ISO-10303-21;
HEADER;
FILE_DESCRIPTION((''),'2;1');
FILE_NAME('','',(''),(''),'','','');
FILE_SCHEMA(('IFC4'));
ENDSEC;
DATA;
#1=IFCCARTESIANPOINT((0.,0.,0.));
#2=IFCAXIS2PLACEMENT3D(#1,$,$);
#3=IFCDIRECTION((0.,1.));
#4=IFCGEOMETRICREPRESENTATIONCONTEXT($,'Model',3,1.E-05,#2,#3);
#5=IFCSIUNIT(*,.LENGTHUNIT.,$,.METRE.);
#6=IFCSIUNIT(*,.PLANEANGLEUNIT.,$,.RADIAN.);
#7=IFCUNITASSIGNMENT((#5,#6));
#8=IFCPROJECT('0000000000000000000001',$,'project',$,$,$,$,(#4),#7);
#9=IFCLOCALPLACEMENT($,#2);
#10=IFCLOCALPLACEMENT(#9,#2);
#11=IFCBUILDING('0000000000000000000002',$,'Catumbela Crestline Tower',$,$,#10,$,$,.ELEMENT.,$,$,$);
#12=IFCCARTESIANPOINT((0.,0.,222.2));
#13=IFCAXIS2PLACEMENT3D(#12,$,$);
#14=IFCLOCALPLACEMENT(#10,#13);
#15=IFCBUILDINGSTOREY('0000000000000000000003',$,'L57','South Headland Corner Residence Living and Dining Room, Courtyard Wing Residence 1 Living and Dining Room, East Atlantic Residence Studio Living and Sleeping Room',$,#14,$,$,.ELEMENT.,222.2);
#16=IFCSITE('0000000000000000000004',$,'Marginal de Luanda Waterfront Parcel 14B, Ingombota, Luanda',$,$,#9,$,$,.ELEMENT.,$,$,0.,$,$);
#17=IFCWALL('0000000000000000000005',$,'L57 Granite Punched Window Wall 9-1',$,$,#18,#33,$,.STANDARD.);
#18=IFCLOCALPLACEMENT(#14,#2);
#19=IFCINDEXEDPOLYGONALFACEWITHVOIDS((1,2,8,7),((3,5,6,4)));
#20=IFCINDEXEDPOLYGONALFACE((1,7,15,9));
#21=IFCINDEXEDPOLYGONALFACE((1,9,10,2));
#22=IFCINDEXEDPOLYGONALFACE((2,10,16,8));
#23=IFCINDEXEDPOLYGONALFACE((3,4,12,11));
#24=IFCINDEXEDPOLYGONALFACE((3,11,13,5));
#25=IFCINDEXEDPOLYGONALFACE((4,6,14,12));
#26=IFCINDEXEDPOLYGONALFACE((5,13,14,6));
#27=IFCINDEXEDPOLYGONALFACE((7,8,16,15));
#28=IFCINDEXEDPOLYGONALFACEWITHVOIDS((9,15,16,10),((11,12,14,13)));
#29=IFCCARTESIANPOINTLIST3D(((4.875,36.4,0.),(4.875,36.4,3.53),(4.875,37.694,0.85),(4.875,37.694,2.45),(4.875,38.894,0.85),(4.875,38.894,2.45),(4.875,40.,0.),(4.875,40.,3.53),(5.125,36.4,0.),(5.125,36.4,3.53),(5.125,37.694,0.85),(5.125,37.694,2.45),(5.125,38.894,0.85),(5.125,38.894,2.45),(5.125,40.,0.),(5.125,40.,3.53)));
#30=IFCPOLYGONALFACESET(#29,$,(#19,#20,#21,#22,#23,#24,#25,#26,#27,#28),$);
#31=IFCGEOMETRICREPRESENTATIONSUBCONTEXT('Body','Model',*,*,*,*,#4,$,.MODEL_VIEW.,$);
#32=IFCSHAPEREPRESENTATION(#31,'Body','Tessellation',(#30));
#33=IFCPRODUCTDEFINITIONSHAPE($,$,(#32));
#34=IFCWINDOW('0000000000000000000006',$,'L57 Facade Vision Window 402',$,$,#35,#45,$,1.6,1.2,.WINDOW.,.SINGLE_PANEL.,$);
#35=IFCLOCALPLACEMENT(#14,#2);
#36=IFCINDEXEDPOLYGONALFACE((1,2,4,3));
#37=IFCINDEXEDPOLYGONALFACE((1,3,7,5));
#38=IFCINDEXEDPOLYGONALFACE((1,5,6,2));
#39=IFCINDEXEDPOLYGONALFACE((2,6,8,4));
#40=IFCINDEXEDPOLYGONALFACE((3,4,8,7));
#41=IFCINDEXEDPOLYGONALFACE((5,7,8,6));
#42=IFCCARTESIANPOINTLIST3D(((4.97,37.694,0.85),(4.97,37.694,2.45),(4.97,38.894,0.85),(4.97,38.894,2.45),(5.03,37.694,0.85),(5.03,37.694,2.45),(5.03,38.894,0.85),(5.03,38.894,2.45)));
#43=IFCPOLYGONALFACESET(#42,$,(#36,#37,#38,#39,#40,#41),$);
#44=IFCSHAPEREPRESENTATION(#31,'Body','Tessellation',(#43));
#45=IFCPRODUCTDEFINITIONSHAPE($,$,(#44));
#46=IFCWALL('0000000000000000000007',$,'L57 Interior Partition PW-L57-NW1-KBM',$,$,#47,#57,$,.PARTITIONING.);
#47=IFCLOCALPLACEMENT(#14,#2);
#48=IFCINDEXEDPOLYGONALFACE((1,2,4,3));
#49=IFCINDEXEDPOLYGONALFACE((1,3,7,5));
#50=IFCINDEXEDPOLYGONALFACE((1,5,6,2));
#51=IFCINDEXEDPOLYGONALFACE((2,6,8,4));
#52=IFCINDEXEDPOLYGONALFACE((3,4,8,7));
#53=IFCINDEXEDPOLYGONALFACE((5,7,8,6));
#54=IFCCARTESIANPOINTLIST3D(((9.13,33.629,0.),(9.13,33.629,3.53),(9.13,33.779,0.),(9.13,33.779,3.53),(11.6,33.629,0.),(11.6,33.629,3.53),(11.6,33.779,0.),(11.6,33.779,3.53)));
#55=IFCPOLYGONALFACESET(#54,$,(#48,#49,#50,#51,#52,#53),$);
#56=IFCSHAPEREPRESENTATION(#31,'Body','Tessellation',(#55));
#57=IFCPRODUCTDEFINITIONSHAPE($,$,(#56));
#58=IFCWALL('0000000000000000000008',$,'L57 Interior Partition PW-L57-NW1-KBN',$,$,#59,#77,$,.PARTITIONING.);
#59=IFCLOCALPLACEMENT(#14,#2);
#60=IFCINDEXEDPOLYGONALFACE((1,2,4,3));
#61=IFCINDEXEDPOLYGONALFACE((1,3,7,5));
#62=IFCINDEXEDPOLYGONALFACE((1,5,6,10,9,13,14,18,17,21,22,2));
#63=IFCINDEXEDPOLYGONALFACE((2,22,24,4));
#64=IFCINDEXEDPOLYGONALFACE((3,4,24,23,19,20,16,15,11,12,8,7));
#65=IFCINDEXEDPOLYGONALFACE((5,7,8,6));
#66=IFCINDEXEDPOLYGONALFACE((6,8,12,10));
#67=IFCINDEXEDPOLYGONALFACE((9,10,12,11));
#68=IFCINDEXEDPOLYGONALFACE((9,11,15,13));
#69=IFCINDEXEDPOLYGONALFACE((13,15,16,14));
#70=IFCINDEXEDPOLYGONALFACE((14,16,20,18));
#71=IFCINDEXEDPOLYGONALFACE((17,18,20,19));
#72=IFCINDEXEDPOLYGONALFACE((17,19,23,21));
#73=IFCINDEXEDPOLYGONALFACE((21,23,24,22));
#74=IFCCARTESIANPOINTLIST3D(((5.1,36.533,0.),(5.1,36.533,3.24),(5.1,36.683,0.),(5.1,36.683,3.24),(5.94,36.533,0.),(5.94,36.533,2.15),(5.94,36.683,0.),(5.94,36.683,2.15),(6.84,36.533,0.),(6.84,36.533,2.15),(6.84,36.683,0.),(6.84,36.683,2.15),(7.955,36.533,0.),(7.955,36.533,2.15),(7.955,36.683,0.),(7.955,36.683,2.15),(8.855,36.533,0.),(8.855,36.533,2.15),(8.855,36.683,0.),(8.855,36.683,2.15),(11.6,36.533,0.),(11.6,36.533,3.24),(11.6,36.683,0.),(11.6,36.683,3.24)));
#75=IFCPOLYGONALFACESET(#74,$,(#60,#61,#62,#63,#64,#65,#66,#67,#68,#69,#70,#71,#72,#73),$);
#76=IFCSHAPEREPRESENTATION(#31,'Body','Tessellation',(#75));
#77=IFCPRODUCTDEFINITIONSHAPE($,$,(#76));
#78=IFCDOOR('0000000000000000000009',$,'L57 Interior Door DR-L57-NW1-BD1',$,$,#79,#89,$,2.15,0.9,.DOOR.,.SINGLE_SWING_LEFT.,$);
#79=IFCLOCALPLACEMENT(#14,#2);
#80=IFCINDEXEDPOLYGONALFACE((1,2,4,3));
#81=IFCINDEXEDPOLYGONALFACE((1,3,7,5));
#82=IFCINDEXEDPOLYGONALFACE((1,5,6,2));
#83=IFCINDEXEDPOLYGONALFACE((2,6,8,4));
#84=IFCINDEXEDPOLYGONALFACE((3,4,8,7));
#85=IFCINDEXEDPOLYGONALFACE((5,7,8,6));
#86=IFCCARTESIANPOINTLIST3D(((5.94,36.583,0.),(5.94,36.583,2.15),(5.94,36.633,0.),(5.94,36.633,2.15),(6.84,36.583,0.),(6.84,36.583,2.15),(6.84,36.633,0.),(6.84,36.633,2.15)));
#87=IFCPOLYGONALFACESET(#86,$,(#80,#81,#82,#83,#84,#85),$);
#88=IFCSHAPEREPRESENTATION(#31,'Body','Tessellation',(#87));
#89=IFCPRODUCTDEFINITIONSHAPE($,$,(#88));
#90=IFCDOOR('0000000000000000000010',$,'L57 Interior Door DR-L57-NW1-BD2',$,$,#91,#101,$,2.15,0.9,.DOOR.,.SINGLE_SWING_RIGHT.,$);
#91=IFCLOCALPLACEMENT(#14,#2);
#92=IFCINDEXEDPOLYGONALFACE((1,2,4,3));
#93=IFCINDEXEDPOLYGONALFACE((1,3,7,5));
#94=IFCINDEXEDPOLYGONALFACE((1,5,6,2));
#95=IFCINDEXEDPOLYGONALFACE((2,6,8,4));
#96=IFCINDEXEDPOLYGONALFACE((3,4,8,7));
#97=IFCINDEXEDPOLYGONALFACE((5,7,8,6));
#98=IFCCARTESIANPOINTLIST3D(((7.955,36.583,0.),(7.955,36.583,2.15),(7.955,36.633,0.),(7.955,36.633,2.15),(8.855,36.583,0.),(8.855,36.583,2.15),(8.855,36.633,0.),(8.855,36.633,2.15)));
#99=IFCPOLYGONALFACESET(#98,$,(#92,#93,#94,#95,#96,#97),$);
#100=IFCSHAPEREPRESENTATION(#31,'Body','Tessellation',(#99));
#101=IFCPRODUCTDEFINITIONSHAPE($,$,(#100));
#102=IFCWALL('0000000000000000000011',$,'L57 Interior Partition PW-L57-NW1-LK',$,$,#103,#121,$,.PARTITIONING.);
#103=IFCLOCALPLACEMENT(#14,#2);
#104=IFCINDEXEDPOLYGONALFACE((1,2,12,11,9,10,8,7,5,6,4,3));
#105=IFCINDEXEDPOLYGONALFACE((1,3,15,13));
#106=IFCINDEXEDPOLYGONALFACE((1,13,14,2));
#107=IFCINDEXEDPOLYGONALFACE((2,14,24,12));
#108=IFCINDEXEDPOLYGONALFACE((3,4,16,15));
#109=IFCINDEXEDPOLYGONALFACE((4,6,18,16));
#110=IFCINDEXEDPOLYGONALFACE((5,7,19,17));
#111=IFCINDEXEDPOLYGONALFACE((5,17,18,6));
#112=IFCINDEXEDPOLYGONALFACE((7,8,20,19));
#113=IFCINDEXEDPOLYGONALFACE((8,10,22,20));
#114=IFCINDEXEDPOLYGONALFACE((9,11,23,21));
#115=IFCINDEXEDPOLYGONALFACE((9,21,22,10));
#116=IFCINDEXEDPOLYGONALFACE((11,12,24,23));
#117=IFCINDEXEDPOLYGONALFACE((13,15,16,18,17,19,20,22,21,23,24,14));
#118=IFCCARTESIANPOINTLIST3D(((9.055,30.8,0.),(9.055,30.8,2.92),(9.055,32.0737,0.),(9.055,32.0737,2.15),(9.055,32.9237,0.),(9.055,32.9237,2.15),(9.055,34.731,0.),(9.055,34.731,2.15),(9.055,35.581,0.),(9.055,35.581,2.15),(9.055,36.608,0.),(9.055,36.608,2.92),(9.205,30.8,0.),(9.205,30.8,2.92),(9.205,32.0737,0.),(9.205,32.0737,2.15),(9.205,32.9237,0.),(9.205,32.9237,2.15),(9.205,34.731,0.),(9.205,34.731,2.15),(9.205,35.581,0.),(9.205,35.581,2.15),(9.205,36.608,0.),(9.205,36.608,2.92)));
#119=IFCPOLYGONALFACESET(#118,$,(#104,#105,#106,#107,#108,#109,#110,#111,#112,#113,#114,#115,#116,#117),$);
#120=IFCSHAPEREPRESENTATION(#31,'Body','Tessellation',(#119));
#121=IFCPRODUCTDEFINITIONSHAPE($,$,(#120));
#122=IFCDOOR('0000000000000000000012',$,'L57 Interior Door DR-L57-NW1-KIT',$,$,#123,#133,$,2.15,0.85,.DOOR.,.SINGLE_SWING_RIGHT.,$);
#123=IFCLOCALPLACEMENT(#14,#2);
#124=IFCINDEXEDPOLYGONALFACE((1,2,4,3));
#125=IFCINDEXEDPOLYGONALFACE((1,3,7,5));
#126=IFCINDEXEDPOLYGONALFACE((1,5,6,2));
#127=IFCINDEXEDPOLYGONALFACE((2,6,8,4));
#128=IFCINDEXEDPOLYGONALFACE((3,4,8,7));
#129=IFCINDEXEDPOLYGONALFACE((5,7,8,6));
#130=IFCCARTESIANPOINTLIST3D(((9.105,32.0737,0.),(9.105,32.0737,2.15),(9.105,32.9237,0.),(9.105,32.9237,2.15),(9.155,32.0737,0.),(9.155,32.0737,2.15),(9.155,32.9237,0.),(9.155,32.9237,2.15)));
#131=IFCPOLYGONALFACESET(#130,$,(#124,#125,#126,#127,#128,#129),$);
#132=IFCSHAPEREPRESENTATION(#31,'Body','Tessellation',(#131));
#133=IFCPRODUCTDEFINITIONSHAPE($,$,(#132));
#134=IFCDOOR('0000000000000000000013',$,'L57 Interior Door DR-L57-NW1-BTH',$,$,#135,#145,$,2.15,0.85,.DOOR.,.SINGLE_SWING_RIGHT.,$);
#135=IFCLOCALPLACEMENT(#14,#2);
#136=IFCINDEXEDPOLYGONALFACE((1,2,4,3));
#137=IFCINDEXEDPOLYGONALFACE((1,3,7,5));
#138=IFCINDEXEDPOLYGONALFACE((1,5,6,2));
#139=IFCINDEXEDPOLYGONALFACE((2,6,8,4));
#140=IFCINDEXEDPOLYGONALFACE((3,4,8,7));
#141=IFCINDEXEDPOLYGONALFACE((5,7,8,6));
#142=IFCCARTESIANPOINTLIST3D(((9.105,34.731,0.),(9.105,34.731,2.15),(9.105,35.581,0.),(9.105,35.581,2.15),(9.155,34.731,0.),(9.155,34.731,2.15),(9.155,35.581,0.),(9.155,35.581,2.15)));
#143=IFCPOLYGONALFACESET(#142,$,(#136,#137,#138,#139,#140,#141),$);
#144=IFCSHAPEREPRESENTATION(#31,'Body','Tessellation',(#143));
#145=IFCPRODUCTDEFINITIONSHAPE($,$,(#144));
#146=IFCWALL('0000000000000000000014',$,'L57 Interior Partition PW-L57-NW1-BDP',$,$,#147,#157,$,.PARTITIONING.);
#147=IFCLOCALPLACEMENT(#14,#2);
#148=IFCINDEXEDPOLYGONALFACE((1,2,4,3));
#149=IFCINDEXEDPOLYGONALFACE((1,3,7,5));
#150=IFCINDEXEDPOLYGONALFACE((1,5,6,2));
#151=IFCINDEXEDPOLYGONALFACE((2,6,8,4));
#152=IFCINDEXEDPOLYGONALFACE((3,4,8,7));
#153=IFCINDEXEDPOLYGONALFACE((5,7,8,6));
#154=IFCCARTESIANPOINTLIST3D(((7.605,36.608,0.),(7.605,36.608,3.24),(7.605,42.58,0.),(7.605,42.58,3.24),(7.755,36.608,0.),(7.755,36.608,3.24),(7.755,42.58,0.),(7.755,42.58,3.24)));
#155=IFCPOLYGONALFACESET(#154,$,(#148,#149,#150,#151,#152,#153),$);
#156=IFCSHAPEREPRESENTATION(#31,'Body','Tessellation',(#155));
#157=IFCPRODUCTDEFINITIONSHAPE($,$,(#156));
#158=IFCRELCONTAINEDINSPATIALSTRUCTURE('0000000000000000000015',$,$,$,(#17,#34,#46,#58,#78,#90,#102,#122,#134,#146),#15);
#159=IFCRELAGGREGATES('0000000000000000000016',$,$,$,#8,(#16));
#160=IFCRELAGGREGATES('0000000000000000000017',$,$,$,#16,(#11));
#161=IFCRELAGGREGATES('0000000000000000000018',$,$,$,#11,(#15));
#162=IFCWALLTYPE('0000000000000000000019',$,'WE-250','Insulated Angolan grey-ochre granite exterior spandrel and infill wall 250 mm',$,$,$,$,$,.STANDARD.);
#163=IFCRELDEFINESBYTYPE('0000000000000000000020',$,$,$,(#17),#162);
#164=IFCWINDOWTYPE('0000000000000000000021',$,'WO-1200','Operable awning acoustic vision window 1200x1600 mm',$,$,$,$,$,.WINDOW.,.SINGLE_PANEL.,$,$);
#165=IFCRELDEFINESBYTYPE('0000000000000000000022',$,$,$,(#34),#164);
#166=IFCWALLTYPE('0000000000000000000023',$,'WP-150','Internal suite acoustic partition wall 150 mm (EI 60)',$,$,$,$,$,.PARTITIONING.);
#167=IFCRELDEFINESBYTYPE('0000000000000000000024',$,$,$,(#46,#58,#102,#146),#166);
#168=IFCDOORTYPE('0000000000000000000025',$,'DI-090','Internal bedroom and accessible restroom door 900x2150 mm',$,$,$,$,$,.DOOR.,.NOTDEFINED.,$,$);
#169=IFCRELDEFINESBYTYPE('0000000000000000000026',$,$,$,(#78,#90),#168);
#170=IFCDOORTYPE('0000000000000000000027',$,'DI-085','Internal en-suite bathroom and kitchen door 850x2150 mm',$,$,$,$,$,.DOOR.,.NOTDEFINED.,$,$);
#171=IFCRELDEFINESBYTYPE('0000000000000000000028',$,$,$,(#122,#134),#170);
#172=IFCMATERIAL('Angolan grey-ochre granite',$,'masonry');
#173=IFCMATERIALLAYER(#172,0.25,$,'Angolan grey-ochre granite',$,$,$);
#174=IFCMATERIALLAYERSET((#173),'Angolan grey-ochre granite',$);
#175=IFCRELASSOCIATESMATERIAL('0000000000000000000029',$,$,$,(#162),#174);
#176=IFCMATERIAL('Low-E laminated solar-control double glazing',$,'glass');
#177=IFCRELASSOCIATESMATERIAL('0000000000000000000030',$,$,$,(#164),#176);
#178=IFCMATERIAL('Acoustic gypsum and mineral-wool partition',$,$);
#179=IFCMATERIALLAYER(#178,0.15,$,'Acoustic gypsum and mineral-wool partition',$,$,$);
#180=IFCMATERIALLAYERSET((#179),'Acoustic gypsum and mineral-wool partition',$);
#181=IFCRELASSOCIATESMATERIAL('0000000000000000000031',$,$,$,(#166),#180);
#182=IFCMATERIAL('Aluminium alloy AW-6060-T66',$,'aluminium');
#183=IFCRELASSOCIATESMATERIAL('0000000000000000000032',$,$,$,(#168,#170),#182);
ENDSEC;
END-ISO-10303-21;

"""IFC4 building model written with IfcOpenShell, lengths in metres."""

from ifc_helpers import new_model, si_unit, direction, frame, frame_2d, origin, place, context, subcontext, project, spatial, rectangle, extrude, material, layer, layer_set, type_object, element, fill, save


model = new_model("IFC4")

# Units and contexts
model_context = context("Model", 3, precision=1e-05, world=origin(), true_north=direction((0.0, 1.0)))
body_context = subcontext(model_context, "Body", "Model", "MODEL_VIEW")
ifc_project = project(units=[si_unit("LENGTHUNIT", "METRE"), si_unit("PLANEANGLEUNIT", "RADIAN")], contexts=[model_context])

# Site, building, storey
site_placement = place(None, origin())
site = spatial("IfcSite", under=ifc_project, at=site_placement, Name="Marginal de Luanda Waterfront Parcel 14B, Ingombota, Luanda", CompositionType="ELEMENT", RefElevation=0.0)
building_placement = place(site_placement, origin())
building = spatial("IfcBuilding", under=site, at=building_placement, Name="Catumbela Crestline Tower", CompositionType="ELEMENT")
storey_placement = place(building_placement, frame((0.0, 0.0, 222.2)))
storey = spatial("IfcBuildingStorey", under=building, at=storey_placement, Name="L57", Description="South Headland Corner Residence Living and Dining Room, Courtyard Wing Residence 1 Living and Dining Room, East Atlantic Residence Studio Living and Sleeping Room", CompositionType="ELEMENT", Elevation=222.2)

# Shared definitions
ifc_material_1 = material(Name="Aluminium alloy AW-6060-T66", Category="aluminium")

# Shared definitions
ifc_material_2 = material(Name="Low-E laminated solar-control double glazing", Category="glass")

# Shared definitions
ifc_material_3 = material(Name="Angolan grey-ochre granite", Category="masonry")
ifc_layer_1 = layer(ifc_material_3, 0.25, Name="Angolan grey-ochre granite")
ifc_layer_set_1 = layer_set([ifc_layer_1], Name="Angolan grey-ochre granite")
wall_type_1 = type_object("IfcWallType", Name="WE-250", Description="Insulated Angolan grey-ochre granite exterior spandrel and infill wall 250 mm", PredefinedType="STANDARD", material=ifc_layer_set_1)

# Wall, opening, window
wall_1_placement = place(storey_placement, frame((5.0, 40.0, 0.0), z_axis=(0.0, 0.0, 1.0), x_axis=(0.0, -1.0, 0.0)))
wall_1 = element("IfcWall", 1, at=wall_1_placement, inside=storey, type_object=wall_type_1, Name="L57 Granite Punched Window Wall 9-1", PredefinedType="STANDARD", context=body_context, shape_type="SweptSolid", body=[
    extrude(rectangle(XDim=3.6, YDim=0.25, at=frame_2d((1.8, 0.0))), origin(), (0.0, 0.0, 1.0), 3.53),
])
opening_1_placement = place(wall_1_placement, frame((1.106, 0.0, 0.85)))
opening_1 = element("IfcOpeningElement", 2, at=opening_1_placement, cuts=wall_1, PredefinedType="OPENING", context=body_context, shape_type="SweptSolid", body=[
    extrude(rectangle(XDim=1.2, YDim=1.6, at=frame_2d((0.6, 0.8))), frame((0.0, 0.135, 0.0), z_axis=(0.0, -1.0, 0.0), x_axis=(1.0, 0.0, 0.0)), (0.0, 0.0, 1.0), 0.27),
])
window_type_1 = type_object("IfcWindowType", Name="WO-1200", Description="Operable awning acoustic vision window 1200x1600 mm", PartitioningType="SINGLE_PANEL", PredefinedType="WINDOW", material=ifc_material_2)
window_1_placement = place(opening_1_placement, origin())
window_1 = element("IfcWindow", 3, at=window_1_placement, inside=storey, type_object=window_type_1, Name="L57 Facade Vision Window 402", OverallHeight=1.6, OverallWidth=1.2, PartitioningType="SINGLE_PANEL", PredefinedType="WINDOW", context=body_context, shape_type="SweptSolid", body=[
    extrude(rectangle(XDim=1.2, YDim=1.6, at=frame_2d((0.6, 0.8))), frame((0.0, 0.03, 0.0), z_axis=(0.0, -1.0, 0.0), x_axis=(1.0, 0.0, 0.0)), (0.0, 0.0, 1.0), 0.06),
])
fill(opening_1, window_1)

# Wall
ifc_material_4 = material(Name="Acoustic gypsum and mineral-wool partition")
ifc_layer_2 = layer(ifc_material_4, 0.15, Name="Acoustic gypsum and mineral-wool partition")
ifc_layer_set_2 = layer_set([ifc_layer_2], Name="Acoustic gypsum and mineral-wool partition")
wall_type_2 = type_object("IfcWallType", Name="WP-150", Description="Internal suite acoustic partition wall 150 mm (EI 60)", PredefinedType="PARTITIONING", material=ifc_layer_set_2)
wall_2_placement = place(storey_placement, frame((9.13, 33.704, 0.0), z_axis=(0.0, 0.0, 1.0), x_axis=(1.0, 0.0, 0.0)))
element("IfcWall", 4, at=wall_2_placement, inside=storey, type_object=wall_type_2, Name="L57 Interior Partition PW-L57-NW1-KBM", PredefinedType="PARTITIONING", context=body_context, shape_type="SweptSolid", body=[
    extrude(rectangle(XDim=2.47, YDim=0.15, at=frame_2d((1.235, 0.0))), origin(), (0.0, 0.0, 1.0), 3.53),
])

# Walls, openings, doors
wall_3_placement = place(storey_placement, frame((5.1, 36.608, 0.0), z_axis=(0.0, 0.0, 1.0), x_axis=(1.0, 0.0, 0.0)))
wall_3 = element("IfcWall", 5, at=wall_3_placement, inside=storey, type_object=wall_type_2, Name="L57 Interior Partition PW-L57-NW1-KBN", PredefinedType="PARTITIONING", context=body_context, shape_type="SweptSolid", body=[
    extrude(rectangle(XDim=6.5, YDim=0.15, at=frame_2d((3.25, 0.0))), origin(), (0.0, 0.0, 1.0), 3.24),
])
opening_2_placement = place(wall_3_placement, frame((0.84, 0.0, 0.0)))
opening_2 = element("IfcOpeningElement", 6, at=opening_2_placement, cuts=wall_3, PredefinedType="OPENING", context=body_context, shape_type="SweptSolid", body=[
    extrude(rectangle(XDim=0.9, YDim=2.15, at=frame_2d((0.45, 1.075))), frame((0.0, 0.085, 0.0), z_axis=(0.0, -1.0, 0.0), x_axis=(1.0, 0.0, 0.0)), (0.0, 0.0, 1.0), 0.17),
])
opening_3_placement = place(wall_3_placement, frame((2.855, 0.0, 0.0)))
opening_3 = element("IfcOpeningElement", 7, at=opening_3_placement, cuts=wall_3, PredefinedType="OPENING", context=body_context, shape_type="SweptSolid", body=[
    extrude(rectangle(XDim=0.9, YDim=2.15, at=frame_2d((0.45, 1.075))), frame((0.0, 0.085, 0.0), z_axis=(0.0, -1.0, 0.0), x_axis=(1.0, 0.0, 0.0)), (0.0, 0.0, 1.0), 0.17),
])
door_type_1 = type_object("IfcDoorType", Name="DI-090", Description="Internal bedroom and accessible restroom door 900x2150 mm", OperationType="NOTDEFINED", PredefinedType="DOOR", material=ifc_material_1)
door_1_placement = place(opening_2_placement, origin())
door_1 = element("IfcDoor", 8, at=door_1_placement, inside=storey, type_object=door_type_1, Name="L57 Interior Door DR-L57-NW1-BD1", OperationType="SINGLE_SWING_LEFT", OverallHeight=2.15, OverallWidth=0.9, PredefinedType="DOOR", context=body_context, shape_type="SweptSolid", body=[
    extrude(rectangle(XDim=0.9, YDim=2.15, at=frame_2d((0.45, 1.075))), frame((0.0, 0.025, 0.0), z_axis=(0.0, -1.0, 0.0), x_axis=(1.0, 0.0, 0.0)), (0.0, 0.0, 1.0), 0.05),
])
fill(opening_2, door_1)
door_2_placement = place(opening_3_placement, origin())
door_2 = element("IfcDoor", 9, at=door_2_placement, inside=storey, type_object=door_type_1, Name="L57 Interior Door DR-L57-NW1-BD2", OperationType="SINGLE_SWING_RIGHT", OverallHeight=2.15, OverallWidth=0.9, PredefinedType="DOOR", context=body_context, shape_type="SweptSolid", body=[
    extrude(rectangle(XDim=0.9, YDim=2.15, at=frame_2d((0.45, 1.075))), frame((0.0, 0.025, 0.0), z_axis=(0.0, -1.0, 0.0), x_axis=(1.0, 0.0, 0.0)), (0.0, 0.0, 1.0), 0.05),
])
fill(opening_3, door_2)
wall_4_placement = place(storey_placement, frame((9.13, 30.8, 0.0), z_axis=(0.0, 0.0, 1.0), x_axis=(0.0, 1.0, 0.0)))
wall_4 = element("IfcWall", 10, at=wall_4_placement, inside=storey, type_object=wall_type_2, Name="L57 Interior Partition PW-L57-NW1-LK", PredefinedType="PARTITIONING", context=body_context, shape_type="SweptSolid", body=[
    extrude(rectangle(XDim=5.808, YDim=0.15, at=frame_2d((2.904, 0.0))), origin(), (0.0, 0.0, 1.0), 2.92),
])
opening_4_placement = place(wall_4_placement, frame((1.2737, 0.0, 0.0)))
opening_4 = element("IfcOpeningElement", 11, at=opening_4_placement, cuts=wall_4, PredefinedType="OPENING", context=body_context, shape_type="SweptSolid", body=[
    extrude(rectangle(XDim=0.85, YDim=2.15, at=frame_2d((0.425, 1.075))), frame((0.0, 0.085, 0.0), z_axis=(0.0, -1.0, 0.0), x_axis=(1.0, 0.0, 0.0)), (0.0, 0.0, 1.0), 0.17),
])
opening_5_placement = place(wall_4_placement, frame((3.931, 0.0, 0.0)))
opening_5 = element("IfcOpeningElement", 12, at=opening_5_placement, cuts=wall_4, PredefinedType="OPENING", context=body_context, shape_type="SweptSolid", body=[
    extrude(rectangle(XDim=0.85, YDim=2.15, at=frame_2d((0.425, 1.075))), frame((0.0, 0.085, 0.0), z_axis=(0.0, -1.0, 0.0), x_axis=(1.0, 0.0, 0.0)), (0.0, 0.0, 1.0), 0.17),
])
door_type_2 = type_object("IfcDoorType", Name="DI-085", Description="Internal en-suite bathroom and kitchen door 850x2150 mm", OperationType="NOTDEFINED", PredefinedType="DOOR", material=ifc_material_1)
door_3_placement = place(opening_4_placement, origin())
door_3 = element("IfcDoor", 13, at=door_3_placement, inside=storey, type_object=door_type_2, Name="L57 Interior Door DR-L57-NW1-KIT", OperationType="SINGLE_SWING_RIGHT", OverallHeight=2.15, OverallWidth=0.85, PredefinedType="DOOR", context=body_context, shape_type="SweptSolid", body=[
    extrude(rectangle(XDim=0.85, YDim=2.15, at=frame_2d((0.425, 1.075))), frame((0.0, 0.025, 0.0), z_axis=(0.0, -1.0, 0.0), x_axis=(1.0, 0.0, 0.0)), (0.0, 0.0, 1.0), 0.05),
])
fill(opening_4, door_3)
door_4_placement = place(opening_5_placement, origin())
door_4 = element("IfcDoor", 14, at=door_4_placement, inside=storey, type_object=door_type_2, Name="L57 Interior Door DR-L57-NW1-BTH", OperationType="SINGLE_SWING_RIGHT", OverallHeight=2.15, OverallWidth=0.85, PredefinedType="DOOR", context=body_context, shape_type="SweptSolid", body=[
    extrude(rectangle(XDim=0.85, YDim=2.15, at=frame_2d((0.425, 1.075))), frame((0.0, 0.025, 0.0), z_axis=(0.0, -1.0, 0.0), x_axis=(1.0, 0.0, 0.0)), (0.0, 0.0, 1.0), 0.05),
])
fill(opening_5, door_4)

# Wall
wall_5_placement = place(storey_placement, frame((7.68, 36.608, 0.0), z_axis=(0.0, 0.0, 1.0), x_axis=(0.0, 1.0, 0.0)))
element("IfcWall", 15, at=wall_5_placement, inside=storey, type_object=wall_type_2, Name="L57 Interior Partition PW-L57-NW1-BDP", PredefinedType="PARTITIONING", context=body_context, shape_type="SweptSolid", body=[
    extrude(rectangle(XDim=5.972, YDim=0.15, at=frame_2d((2.986, 0.0))), origin(), (0.0, 0.0, 1.0), 3.24),
])

save(model, "model.ifc")
